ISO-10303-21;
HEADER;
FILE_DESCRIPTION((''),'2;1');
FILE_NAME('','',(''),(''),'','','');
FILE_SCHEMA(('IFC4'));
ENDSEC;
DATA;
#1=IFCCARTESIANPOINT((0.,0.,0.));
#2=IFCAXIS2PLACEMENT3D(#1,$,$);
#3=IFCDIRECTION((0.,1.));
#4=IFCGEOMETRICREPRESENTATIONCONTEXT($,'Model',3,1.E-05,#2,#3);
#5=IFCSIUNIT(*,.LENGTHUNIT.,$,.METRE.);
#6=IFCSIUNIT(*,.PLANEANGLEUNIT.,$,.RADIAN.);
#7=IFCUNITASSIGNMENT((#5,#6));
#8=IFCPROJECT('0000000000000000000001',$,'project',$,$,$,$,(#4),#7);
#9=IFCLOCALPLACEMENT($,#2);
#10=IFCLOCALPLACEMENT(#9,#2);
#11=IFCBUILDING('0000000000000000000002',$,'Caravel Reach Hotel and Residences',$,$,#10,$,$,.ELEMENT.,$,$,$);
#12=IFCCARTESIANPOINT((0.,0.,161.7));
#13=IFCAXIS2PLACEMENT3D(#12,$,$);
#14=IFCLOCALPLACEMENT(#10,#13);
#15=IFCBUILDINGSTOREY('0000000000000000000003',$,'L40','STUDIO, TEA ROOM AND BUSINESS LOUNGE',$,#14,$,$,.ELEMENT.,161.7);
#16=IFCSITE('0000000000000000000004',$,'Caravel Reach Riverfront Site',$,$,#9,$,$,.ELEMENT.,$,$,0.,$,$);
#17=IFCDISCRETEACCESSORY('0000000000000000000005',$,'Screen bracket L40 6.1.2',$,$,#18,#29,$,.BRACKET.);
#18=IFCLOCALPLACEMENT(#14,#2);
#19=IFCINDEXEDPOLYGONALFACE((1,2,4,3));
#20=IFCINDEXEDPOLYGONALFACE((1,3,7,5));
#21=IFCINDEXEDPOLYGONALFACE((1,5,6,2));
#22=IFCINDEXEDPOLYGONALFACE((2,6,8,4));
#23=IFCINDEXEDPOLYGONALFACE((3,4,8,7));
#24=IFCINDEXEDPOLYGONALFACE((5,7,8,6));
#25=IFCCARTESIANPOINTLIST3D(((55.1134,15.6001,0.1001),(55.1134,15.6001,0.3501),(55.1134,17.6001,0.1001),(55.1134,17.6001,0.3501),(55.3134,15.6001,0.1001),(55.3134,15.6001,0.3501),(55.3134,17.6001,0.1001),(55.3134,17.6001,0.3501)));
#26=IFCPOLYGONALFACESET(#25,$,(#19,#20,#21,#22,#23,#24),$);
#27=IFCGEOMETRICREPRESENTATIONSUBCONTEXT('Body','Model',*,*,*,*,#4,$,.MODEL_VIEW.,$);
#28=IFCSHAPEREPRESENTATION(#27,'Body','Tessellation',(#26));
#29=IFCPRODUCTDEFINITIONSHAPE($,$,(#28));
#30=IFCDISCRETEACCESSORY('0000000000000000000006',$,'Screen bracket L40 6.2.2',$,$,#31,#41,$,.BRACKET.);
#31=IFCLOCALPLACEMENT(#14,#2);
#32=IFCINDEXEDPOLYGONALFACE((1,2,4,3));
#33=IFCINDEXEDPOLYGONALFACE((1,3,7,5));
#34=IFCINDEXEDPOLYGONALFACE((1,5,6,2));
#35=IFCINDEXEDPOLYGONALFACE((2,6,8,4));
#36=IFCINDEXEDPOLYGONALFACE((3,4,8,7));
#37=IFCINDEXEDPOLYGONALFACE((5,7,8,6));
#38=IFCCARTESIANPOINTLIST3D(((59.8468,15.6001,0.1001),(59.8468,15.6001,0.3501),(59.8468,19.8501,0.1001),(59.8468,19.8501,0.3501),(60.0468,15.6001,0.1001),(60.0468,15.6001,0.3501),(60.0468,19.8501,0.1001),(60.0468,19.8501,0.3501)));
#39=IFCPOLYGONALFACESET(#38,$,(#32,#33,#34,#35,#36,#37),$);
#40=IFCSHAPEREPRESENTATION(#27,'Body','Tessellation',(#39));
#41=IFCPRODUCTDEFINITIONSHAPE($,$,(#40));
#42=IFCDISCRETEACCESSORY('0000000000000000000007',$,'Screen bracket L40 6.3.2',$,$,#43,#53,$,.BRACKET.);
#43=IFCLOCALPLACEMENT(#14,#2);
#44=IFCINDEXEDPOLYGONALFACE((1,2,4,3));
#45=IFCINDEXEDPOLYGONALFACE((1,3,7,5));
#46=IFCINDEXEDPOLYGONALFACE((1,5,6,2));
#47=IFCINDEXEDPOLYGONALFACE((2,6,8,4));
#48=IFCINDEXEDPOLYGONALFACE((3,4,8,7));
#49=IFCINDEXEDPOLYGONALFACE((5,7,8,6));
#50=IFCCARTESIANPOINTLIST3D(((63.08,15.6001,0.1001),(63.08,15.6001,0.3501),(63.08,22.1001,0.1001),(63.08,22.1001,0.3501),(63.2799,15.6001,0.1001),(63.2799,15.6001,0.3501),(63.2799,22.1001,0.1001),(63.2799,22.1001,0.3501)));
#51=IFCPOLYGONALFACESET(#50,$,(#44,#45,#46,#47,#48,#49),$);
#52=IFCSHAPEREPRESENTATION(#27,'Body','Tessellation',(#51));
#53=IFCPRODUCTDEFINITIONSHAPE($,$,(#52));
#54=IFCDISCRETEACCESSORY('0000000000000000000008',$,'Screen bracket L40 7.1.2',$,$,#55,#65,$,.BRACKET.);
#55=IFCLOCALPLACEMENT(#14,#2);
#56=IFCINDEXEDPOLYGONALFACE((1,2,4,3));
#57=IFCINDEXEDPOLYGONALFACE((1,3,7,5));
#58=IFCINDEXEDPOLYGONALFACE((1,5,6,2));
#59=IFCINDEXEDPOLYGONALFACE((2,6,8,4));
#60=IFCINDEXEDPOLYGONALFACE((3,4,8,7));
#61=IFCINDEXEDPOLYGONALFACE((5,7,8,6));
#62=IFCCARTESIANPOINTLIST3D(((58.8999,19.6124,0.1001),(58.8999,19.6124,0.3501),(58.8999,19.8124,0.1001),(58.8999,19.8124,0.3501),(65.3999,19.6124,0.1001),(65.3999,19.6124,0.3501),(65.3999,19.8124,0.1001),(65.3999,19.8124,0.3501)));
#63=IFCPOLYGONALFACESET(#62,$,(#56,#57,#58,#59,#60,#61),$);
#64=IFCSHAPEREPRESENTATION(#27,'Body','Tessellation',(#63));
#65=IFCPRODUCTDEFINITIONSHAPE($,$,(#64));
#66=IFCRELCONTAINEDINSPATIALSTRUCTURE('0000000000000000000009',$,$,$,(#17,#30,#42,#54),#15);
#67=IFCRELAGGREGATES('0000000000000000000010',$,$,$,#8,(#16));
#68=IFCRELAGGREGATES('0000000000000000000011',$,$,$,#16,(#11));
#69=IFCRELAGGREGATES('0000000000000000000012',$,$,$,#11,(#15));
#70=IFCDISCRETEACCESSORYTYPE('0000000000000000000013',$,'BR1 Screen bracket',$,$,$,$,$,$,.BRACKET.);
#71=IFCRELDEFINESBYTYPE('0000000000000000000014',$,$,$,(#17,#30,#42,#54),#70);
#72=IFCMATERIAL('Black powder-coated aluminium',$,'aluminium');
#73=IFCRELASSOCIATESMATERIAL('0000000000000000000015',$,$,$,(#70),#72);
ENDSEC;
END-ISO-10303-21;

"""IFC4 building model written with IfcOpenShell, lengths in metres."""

from ifc_helpers import new_model, si_unit, direction, frame, origin, origin_2d, place, context, subcontext, project, spatial, rectangle, extrude, material, type_object, element, save


model = new_model("IFC4")

# Units and contexts
model_context = context("Model", 3, precision=1e-05, world=origin(), true_north=direction((0.0, 1.0)))
body_context = subcontext(model_context, "Body", "Model", "MODEL_VIEW")
ifc_project = project(units=[si_unit("LENGTHUNIT", "METRE"), si_unit("PLANEANGLEUNIT", "RADIAN")], contexts=[model_context])

# Site, building, storey
site_placement = place(None, origin())
site = spatial("IfcSite", under=ifc_project, at=site_placement, Name="Caravel Reach Riverfront Site", CompositionType="ELEMENT", RefElevation=0.0)
building_placement = place(site_placement, origin())
building = spatial("IfcBuilding", under=site, at=building_placement, Name="Caravel Reach Hotel and Residences", CompositionType="ELEMENT")
storey_placement = place(building_placement, frame((0.0, 0.0, 161.7)))
storey = spatial("IfcBuildingStorey", under=building, at=storey_placement, Name="L40", Description="STUDIO, TEA ROOM AND BUSINESS LOUNGE", CompositionType="ELEMENT", Elevation=161.7)

# Discrete accessories
ifc_material_1 = material(Name="Black powder-coated aluminium", Category="aluminium")
discrete_accessory_type = type_object("IfcDiscreteAccessoryType", Name="BR1 Screen bracket", PredefinedType="BRACKET", material=ifc_material_1)
discrete_accessory_1_placement = place(storey_placement, frame((55.2134, 16.6001, 0.1001), z_axis=(0.0, 0.0, 1.0), x_axis=(0.0, -1.0, 0.0)))
element("IfcDiscreteAccessory", 1, at=discrete_accessory_1_placement, inside=storey, type_object=discrete_accessory_type, Name="Screen bracket L40 6.1.2", PredefinedType="BRACKET", context=body_context, shape_type="SweptSolid", body=[
    extrude(rectangle(XDim=2.0, YDim=0.2, at=origin_2d()), origin(), (0.0, 0.0, 1.0), 0.25),
])
discrete_accessory_2_placement = place(storey_placement, frame((59.9468, 17.7251, 0.1001), z_axis=(0.0, 0.0, 1.0), x_axis=(0.0, -1.0, 0.0)))
element("IfcDiscreteAccessory", 2, at=discrete_accessory_2_placement, inside=storey, type_object=discrete_accessory_type, Name="Screen bracket L40 6.2.2", PredefinedType="BRACKET", context=body_context, shape_type="SweptSolid", body=[
    extrude(rectangle(XDim=4.25, YDim=0.2, at=origin_2d()), origin(), (0.0, 0.0, 1.0), 0.25),
])
for number, where, z_axis, x_axis, name in (
    (3, (63.1799, 18.8501, 0.1001), (0.0, 0.0, 1.0), (0.0, -1.0, 0.0), "Screen bracket L40 6.3.2"),
    (4, (62.1499, 19.7124, 0.1001), (0.0, 0.0, 1.0), (1.0, 0.0, 0.0), "Screen bracket L40 7.1.2"),
):
    element("IfcDiscreteAccessory", number, at=place(storey_placement, frame(where, z_axis=z_axis, x_axis=x_axis)), inside=storey, type_object=discrete_accessory_type, Name=name, PredefinedType="BRACKET", context=body_context, shape_type="SweptSolid", body=[
        extrude(rectangle(XDim=6.5, YDim=0.2, at=origin_2d()), origin(), (0.0, 0.0, 1.0), 0.25),
    ])

save(model, "model.ifc")
